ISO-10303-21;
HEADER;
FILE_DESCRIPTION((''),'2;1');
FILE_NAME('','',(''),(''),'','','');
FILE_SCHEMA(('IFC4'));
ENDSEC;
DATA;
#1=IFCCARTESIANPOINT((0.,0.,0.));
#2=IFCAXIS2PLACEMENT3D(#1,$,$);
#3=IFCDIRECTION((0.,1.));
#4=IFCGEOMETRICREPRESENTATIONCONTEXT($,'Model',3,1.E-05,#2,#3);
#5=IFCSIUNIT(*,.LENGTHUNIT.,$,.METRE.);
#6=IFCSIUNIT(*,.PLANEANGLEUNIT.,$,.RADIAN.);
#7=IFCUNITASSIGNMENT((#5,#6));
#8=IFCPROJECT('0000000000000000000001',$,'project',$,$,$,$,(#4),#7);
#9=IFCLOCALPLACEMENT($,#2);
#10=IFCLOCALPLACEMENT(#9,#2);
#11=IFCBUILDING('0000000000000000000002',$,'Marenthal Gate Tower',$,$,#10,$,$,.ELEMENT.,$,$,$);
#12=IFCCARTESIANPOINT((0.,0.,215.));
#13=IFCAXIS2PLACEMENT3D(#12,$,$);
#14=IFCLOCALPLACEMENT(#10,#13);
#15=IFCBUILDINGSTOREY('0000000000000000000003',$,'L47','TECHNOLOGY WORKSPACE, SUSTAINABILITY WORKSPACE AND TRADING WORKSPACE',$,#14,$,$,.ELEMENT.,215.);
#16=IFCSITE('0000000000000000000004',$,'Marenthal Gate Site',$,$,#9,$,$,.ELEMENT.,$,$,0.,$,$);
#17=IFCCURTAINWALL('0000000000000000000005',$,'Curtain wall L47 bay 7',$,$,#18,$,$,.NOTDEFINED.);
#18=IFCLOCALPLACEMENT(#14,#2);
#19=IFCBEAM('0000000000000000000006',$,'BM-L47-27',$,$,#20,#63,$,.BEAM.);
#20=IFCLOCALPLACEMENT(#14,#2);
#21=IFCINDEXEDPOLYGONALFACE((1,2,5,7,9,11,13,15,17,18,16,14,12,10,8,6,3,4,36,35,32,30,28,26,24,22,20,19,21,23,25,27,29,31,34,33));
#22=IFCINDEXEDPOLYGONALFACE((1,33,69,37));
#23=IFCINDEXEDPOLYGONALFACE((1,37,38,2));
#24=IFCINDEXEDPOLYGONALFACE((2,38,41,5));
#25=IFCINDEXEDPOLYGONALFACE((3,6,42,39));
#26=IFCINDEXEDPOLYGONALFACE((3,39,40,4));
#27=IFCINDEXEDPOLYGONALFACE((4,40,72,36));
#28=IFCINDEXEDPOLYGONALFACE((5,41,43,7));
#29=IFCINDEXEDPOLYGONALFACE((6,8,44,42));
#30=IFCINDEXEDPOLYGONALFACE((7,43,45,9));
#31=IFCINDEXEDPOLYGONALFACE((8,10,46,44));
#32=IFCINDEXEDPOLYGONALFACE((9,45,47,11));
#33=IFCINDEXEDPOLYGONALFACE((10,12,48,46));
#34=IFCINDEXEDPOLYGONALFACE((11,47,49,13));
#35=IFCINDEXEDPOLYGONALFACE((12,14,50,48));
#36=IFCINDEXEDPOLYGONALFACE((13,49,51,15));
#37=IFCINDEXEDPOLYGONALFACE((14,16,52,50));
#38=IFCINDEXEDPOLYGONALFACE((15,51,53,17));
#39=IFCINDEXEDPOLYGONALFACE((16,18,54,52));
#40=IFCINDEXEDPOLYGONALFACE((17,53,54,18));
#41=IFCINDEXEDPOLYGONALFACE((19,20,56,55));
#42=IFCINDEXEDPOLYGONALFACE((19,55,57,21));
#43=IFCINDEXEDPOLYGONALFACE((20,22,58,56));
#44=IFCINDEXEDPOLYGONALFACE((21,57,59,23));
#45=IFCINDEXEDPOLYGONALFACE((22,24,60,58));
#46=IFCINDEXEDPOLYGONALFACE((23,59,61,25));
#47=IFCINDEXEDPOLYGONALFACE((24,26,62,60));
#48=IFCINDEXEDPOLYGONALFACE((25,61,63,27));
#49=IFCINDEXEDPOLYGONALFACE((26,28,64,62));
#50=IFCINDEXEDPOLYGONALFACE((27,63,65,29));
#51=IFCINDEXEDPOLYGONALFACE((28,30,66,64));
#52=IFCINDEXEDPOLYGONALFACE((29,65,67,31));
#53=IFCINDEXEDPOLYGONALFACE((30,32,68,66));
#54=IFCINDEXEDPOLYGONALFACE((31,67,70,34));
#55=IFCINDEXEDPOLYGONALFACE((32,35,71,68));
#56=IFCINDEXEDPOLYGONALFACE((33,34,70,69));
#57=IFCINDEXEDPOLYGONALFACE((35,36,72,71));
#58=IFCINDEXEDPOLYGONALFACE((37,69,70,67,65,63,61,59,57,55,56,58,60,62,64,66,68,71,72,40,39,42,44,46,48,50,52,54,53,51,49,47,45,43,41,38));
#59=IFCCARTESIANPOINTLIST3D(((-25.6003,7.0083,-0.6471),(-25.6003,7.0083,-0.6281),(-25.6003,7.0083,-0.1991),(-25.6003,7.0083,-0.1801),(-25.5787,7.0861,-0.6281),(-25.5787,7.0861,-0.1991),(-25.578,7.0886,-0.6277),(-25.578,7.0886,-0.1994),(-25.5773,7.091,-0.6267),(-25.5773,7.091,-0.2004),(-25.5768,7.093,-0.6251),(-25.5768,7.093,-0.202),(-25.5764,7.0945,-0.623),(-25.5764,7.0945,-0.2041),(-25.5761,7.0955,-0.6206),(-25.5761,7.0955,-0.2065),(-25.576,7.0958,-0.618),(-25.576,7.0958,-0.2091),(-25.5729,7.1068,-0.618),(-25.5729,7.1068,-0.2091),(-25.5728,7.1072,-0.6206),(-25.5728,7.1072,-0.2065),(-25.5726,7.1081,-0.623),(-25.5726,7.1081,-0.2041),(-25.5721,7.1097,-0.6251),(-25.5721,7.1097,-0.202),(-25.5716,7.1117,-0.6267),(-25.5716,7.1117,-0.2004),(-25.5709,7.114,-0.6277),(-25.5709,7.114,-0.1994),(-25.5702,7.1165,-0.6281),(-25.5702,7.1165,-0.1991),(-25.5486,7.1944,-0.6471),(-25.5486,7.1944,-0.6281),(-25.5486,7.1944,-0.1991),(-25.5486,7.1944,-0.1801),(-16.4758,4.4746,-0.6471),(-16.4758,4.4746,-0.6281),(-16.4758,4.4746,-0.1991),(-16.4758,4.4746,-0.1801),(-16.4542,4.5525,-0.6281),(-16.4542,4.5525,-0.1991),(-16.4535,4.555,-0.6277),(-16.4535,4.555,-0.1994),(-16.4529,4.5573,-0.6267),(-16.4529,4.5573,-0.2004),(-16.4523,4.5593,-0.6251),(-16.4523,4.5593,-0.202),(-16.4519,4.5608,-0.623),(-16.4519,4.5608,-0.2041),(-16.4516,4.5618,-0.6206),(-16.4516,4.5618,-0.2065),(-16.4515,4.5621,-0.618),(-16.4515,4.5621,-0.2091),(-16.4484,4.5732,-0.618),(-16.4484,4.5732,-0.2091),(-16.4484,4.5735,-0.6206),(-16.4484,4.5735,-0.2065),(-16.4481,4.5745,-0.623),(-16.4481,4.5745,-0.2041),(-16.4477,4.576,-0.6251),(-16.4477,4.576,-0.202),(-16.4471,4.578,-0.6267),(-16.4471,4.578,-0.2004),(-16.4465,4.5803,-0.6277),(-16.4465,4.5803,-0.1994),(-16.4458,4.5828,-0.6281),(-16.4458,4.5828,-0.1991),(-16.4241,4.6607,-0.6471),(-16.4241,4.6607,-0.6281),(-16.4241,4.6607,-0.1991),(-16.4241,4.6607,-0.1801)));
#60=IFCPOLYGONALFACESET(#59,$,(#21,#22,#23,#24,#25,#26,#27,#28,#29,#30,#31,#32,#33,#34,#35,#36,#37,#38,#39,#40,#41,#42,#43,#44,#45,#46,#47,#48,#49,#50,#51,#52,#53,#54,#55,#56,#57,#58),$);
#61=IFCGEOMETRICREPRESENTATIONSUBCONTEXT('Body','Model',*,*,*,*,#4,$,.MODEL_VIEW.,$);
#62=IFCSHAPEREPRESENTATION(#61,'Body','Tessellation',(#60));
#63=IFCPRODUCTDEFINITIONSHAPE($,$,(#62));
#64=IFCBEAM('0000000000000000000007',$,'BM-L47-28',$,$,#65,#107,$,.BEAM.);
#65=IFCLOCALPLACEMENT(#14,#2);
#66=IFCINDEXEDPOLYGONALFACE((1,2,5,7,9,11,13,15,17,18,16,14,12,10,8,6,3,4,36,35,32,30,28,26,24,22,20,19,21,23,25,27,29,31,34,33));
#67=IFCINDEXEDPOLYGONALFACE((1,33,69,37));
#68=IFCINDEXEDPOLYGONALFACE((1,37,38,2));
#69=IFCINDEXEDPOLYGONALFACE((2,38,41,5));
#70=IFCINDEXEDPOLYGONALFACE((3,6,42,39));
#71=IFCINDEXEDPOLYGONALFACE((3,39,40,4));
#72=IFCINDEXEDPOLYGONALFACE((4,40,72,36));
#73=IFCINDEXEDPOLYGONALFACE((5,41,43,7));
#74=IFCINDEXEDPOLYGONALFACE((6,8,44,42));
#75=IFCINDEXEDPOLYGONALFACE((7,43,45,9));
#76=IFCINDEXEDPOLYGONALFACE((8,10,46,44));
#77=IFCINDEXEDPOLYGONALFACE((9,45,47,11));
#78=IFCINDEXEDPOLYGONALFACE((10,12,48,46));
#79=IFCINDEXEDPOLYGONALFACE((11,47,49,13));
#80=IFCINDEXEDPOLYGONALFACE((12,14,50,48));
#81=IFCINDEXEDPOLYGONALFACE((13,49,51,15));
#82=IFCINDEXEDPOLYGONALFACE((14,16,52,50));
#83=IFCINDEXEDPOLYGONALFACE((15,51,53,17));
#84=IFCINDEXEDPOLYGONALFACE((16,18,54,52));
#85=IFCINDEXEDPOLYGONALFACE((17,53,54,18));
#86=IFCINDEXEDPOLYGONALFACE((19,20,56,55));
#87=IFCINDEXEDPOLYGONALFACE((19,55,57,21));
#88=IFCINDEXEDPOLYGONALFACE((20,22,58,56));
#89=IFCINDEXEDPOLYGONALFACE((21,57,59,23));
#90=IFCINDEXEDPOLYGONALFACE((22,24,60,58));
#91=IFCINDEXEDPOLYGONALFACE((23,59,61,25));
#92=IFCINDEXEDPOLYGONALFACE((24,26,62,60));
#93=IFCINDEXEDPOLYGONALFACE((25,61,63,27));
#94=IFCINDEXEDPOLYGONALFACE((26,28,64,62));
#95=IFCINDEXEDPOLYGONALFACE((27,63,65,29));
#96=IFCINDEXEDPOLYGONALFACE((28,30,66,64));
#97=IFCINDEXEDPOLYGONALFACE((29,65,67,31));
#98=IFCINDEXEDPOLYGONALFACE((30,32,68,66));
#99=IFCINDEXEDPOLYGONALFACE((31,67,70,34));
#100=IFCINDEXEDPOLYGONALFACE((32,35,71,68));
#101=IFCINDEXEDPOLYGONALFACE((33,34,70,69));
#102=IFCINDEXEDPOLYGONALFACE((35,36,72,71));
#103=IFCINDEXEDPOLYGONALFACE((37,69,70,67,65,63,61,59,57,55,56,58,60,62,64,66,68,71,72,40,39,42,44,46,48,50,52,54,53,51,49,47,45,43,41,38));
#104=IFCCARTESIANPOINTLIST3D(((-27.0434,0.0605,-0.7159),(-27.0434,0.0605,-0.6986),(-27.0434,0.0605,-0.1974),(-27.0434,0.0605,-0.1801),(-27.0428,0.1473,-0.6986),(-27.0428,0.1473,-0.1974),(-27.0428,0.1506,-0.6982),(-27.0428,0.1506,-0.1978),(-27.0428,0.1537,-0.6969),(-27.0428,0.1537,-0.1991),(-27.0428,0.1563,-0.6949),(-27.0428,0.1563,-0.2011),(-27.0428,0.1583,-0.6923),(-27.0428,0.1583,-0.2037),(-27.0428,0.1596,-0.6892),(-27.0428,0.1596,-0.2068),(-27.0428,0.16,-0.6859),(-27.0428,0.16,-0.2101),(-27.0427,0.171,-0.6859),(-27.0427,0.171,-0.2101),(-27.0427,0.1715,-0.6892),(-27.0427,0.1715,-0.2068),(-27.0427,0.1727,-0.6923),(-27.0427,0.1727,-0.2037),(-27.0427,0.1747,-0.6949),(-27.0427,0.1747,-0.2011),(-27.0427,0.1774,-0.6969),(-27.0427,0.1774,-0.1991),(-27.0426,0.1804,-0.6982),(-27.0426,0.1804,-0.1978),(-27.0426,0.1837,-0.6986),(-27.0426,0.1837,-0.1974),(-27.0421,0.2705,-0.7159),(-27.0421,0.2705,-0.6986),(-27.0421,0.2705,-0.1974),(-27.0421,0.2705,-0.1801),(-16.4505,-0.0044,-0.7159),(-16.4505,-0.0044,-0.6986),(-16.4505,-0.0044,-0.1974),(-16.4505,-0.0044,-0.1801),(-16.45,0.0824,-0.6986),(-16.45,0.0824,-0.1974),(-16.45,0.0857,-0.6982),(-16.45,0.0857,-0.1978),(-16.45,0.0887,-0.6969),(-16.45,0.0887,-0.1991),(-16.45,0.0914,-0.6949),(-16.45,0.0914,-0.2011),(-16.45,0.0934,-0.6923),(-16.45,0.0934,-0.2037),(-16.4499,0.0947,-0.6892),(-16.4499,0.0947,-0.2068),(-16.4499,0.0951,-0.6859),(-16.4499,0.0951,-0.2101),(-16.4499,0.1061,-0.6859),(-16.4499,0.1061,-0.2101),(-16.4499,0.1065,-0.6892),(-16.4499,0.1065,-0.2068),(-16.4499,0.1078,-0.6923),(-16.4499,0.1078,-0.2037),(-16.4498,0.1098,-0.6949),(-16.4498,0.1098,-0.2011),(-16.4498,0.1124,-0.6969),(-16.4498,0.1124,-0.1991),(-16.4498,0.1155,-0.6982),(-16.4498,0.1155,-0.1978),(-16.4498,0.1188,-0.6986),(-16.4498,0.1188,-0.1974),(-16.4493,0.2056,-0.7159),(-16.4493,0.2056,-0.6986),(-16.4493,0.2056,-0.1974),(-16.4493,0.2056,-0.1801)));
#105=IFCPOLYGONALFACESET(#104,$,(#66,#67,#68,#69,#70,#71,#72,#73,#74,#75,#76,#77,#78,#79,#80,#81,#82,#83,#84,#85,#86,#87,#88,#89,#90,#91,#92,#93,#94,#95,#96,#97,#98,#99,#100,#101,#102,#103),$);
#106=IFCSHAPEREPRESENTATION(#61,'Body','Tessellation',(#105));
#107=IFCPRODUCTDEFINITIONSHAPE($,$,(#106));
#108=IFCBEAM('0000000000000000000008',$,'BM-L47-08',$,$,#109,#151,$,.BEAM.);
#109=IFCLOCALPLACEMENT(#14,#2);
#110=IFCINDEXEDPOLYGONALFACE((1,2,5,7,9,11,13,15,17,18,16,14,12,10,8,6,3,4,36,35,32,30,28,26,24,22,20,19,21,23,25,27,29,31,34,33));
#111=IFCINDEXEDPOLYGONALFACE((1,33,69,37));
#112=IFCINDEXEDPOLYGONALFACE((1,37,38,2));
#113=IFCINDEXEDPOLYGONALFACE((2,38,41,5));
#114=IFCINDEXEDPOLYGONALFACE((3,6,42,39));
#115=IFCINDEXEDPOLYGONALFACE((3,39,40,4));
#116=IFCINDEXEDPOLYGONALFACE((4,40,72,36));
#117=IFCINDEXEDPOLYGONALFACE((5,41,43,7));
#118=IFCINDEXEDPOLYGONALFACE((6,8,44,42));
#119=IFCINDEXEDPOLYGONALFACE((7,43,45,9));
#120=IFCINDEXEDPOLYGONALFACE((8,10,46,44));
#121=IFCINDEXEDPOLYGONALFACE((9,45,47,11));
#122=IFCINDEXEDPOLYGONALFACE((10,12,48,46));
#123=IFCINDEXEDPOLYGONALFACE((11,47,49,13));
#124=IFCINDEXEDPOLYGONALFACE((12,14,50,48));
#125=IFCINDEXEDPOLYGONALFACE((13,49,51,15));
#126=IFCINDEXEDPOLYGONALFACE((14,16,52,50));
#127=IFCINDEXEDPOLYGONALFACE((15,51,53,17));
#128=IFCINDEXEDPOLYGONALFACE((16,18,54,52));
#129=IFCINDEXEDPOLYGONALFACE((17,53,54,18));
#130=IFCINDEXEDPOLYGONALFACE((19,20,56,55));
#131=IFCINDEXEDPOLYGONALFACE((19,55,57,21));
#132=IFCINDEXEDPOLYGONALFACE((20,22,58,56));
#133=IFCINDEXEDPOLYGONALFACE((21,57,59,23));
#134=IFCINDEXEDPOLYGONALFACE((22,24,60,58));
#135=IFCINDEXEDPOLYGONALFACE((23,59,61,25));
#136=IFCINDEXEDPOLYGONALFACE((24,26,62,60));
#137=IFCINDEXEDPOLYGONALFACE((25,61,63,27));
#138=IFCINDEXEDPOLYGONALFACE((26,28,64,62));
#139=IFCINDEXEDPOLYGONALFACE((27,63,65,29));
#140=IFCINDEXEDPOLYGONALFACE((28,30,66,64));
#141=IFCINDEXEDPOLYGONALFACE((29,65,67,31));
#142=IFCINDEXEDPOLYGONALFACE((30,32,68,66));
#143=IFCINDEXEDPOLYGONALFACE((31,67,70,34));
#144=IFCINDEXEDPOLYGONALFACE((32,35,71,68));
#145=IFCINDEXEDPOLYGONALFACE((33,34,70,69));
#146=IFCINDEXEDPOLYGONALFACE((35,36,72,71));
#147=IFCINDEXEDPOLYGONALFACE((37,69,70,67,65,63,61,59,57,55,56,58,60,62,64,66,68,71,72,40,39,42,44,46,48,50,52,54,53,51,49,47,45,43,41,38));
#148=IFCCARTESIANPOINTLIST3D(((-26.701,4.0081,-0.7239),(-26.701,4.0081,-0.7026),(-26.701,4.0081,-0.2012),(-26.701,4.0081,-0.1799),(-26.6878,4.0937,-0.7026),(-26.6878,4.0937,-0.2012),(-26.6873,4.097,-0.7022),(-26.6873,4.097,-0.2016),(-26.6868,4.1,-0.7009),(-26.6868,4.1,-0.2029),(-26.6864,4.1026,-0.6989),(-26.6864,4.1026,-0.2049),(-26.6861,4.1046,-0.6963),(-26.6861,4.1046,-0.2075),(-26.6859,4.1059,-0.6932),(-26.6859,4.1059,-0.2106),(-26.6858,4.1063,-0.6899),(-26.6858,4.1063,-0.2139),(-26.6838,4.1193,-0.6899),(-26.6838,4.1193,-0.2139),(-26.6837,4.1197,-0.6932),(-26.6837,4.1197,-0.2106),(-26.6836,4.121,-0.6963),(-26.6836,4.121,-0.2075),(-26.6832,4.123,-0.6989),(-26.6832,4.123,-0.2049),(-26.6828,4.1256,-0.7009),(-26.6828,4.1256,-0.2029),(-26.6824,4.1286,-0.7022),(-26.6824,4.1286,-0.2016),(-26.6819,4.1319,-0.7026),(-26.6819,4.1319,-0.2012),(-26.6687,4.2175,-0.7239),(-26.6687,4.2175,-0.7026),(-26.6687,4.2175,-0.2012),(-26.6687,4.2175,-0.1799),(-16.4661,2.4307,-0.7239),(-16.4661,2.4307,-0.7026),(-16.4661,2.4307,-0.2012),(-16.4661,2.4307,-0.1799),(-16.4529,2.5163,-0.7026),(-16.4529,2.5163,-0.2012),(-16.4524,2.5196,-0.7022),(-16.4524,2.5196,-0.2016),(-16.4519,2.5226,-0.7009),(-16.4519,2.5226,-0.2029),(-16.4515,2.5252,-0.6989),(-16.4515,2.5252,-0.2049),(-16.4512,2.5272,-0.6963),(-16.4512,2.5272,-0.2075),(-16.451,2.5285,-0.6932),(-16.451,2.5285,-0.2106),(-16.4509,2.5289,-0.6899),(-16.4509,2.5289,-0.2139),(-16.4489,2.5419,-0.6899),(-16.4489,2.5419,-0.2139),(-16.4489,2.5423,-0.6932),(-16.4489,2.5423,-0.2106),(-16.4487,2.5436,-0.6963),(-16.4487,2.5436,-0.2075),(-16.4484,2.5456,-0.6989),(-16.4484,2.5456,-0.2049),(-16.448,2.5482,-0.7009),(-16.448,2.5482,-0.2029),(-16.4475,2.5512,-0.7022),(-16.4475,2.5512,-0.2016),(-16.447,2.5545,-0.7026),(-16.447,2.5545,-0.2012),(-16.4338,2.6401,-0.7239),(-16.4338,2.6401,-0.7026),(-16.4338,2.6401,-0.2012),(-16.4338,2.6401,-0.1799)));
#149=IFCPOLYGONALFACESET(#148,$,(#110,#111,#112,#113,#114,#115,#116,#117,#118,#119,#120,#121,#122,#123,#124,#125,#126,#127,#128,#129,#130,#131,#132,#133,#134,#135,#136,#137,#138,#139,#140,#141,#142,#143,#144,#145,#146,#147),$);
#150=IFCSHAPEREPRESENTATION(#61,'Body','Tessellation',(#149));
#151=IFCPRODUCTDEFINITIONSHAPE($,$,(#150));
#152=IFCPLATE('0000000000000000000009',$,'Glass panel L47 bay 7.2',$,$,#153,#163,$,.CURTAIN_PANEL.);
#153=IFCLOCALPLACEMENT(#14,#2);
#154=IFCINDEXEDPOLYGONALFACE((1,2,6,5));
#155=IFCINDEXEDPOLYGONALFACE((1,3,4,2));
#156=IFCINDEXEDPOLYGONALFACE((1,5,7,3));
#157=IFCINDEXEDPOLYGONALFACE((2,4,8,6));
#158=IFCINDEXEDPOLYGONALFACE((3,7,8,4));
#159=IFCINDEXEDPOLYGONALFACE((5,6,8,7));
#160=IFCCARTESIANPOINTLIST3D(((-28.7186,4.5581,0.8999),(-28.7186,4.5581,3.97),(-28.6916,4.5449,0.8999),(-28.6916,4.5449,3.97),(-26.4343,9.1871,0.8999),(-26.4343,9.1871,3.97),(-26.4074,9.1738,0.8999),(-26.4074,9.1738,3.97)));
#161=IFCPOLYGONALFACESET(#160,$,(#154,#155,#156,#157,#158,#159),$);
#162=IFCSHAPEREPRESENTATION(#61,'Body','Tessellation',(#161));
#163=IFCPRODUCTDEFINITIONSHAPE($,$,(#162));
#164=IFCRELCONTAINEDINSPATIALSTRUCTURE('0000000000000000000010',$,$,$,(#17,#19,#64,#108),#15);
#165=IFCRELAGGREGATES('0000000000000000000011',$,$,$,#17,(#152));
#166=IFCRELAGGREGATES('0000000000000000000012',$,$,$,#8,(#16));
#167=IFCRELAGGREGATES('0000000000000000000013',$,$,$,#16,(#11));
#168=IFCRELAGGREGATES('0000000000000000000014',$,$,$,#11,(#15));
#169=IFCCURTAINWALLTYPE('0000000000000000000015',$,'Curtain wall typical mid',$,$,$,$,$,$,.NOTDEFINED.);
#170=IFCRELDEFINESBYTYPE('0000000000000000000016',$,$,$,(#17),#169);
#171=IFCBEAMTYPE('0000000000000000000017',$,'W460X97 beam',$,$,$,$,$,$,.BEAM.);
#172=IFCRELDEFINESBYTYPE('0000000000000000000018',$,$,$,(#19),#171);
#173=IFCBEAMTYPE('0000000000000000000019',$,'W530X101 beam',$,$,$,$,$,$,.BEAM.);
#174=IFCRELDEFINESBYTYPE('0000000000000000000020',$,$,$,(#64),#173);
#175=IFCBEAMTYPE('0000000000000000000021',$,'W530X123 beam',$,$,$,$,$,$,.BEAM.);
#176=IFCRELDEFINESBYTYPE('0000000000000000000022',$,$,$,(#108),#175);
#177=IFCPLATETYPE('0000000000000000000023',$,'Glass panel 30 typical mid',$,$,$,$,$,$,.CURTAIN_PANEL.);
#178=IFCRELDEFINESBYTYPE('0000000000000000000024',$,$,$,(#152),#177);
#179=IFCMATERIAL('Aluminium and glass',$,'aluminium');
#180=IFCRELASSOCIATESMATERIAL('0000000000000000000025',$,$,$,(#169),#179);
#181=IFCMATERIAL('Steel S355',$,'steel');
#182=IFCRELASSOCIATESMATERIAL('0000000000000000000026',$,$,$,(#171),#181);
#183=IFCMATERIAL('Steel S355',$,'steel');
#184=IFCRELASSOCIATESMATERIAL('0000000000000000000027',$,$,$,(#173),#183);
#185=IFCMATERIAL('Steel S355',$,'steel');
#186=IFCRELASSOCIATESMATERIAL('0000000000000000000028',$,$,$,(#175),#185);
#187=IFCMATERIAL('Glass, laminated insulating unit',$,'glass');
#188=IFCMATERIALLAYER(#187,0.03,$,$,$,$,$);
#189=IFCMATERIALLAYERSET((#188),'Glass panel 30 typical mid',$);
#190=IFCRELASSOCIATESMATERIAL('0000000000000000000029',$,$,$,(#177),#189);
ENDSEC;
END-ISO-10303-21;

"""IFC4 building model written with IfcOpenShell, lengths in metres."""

from ifc_helpers import new_model, si_unit, direction, frame, origin, origin_2d, place, context, subcontext, project, spatial, rectangle, i_section, extrude, material, layer, layer_set, material_profile, profile_set, type_object, element, aggregate, save


model = new_model("IFC4")

# Units and contexts
model_context = context("Model", 3, precision=1e-05, world=origin(), true_north=direction((0.0, 1.0)))
body_context = subcontext(model_context, "Body", "Model", "MODEL_VIEW")
ifc_project = project(units=[si_unit("LENGTHUNIT", "METRE"), si_unit("PLANEANGLEUNIT", "RADIAN")], contexts=[model_context])

# Site, building, storey
site_placement = place(None, origin())
site = spatial("IfcSite", under=ifc_project, at=site_placement, Name="Marenthal Gate Site", CompositionType="ELEMENT", RefElevation=0.0)
building_placement = place(site_placement, origin())
building = spatial("IfcBuilding", under=site, at=building_placement, Name="Marenthal Gate Tower", CompositionType="ELEMENT")
storey_placement = place(building_placement, frame((0.0, 0.0, 215.0)))
storey = spatial("IfcBuildingStorey", under=building, at=storey_placement, Name="L47", Description="TECHNOLOGY WORKSPACE, SUSTAINABILITY WORKSPACE AND TRADING WORKSPACE", CompositionType="ELEMENT", Elevation=215.0)

# Curtain wall
ifc_material_1 = material(Name="Aluminium and glass", Category="aluminium")
curtain_wall_type = type_object("IfcCurtainWallType", Name="Curtain wall typical mid", PredefinedType="NOTDEFINED", material=ifc_material_1)
curtain_wall_placement = place(storey_placement, origin())
curtain_wall = element("IfcCurtainWall", 1, at=curtain_wall_placement, inside=storey, type_object=curtain_wall_type, Name="Curtain wall L47 bay 7", PredefinedType="NOTDEFINED")

# Beams
ifc_material_2 = material(Name="Steel S355", Category="steel")
ifc_material_profile_1 = material_profile(ifc_material_2, i_section(OverallWidth=0.1931, OverallDepth=0.467, WebThickness=0.0115, FlangeThickness=0.019, FilletRadius=0.01, at=origin_2d()), Name="W460X97")
ifc_profile_set_1 = profile_set([ifc_material_profile_1], Name="Steel S355")
beam_type_1 = type_object("IfcBeamType", Name="W460X97 beam", PredefinedType="BEAM", material=ifc_profile_set_1)
beam_1_placement = place(storey_placement, frame((-25.5745, 7.1013, -0.4136), z_axis=(0.963542, -0.267556, 0.0), x_axis=(0.267556, 0.963542, 0.0)))
element("IfcBeam", 2, at=beam_1_placement, inside=storey, type_object=beam_type_1, Name="BM-L47-27", PredefinedType="BEAM", context=body_context, shape_type="SweptSolid", body=[
    extrude(i_section(OverallWidth=0.1931, OverallDepth=0.467, WebThickness=0.0115, FlangeThickness=0.019, FilletRadius=0.01, at=origin_2d()), origin(), (0.0, 0.0, 1.0), 9.4697),
])
ifc_material_3 = material(Name="Steel S355", Category="steel")
ifc_material_profile_2 = material_profile(ifc_material_3, i_section(OverallWidth=0.21, OverallDepth=0.5359, WebThickness=0.011, FlangeThickness=0.0173, FilletRadius=0.0127, at=origin_2d()), Name="W530X101")
ifc_profile_set_2 = profile_set([ifc_material_profile_2], Name="Steel S355")
beam_type_2 = type_object("IfcBeamType", Name="W530X101 beam", PredefinedType="BEAM", material=ifc_profile_set_2)
beam_2_placement = place(storey_placement, frame((-27.0427, 0.1655, -0.448), z_axis=(0.999981, -0.006131, 0.0), x_axis=(0.006131, 0.999981, 0.0)))
element("IfcBeam", 3, at=beam_2_placement, inside=storey, type_object=beam_type_2, Name="BM-L47-28", PredefinedType="BEAM", context=body_context, shape_type="SweptSolid", body=[
    extrude(i_section(OverallWidth=0.21, OverallDepth=0.5359, WebThickness=0.011, FlangeThickness=0.0173, FilletRadius=0.0127, at=origin_2d()), origin(), (0.0, 0.0, 1.0), 10.593),
])
ifc_material_4 = material(Name="Steel S355", Category="steel")
ifc_material_profile_3 = material_profile(ifc_material_4, i_section(OverallWidth=0.2119, OverallDepth=0.5439, WebThickness=0.0132, FlangeThickness=0.0212, FilletRadius=0.0127, at=origin_2d()), Name="W530X123")
ifc_profile_set_3 = profile_set([ifc_material_profile_3], Name="Steel S355")
beam_type_3 = type_object("IfcBeamType", Name="W530X123 beam", PredefinedType="BEAM", material=ifc_profile_set_3)
beam_3_placement = place(storey_placement, frame((-26.6848, 4.1128, -0.4519), z_axis=(0.988331, -0.152321, 0.0), x_axis=(0.152321, 0.988331, 0.0)))
element("IfcBeam", 4, at=beam_3_placement, inside=storey, type_object=beam_type_3, Name="BM-L47-08", PredefinedType="BEAM", context=body_context, shape_type="SweptSolid", body=[
    extrude(i_section(OverallWidth=0.2119, OverallDepth=0.5439, WebThickness=0.0132, FlangeThickness=0.0212, FilletRadius=0.0127, at=origin_2d()), origin(), (0.0, 0.0, 1.0), 10.3557),
])

# Plate
ifc_material_5 = material(Name="Glass, laminated insulating unit", Category="glass")
ifc_layer_1 = layer(ifc_material_5, 0.03)
ifc_layer_set_1 = layer_set([ifc_layer_1], Name="Glass panel 30 typical mid")
plate_type = type_object("IfcPlateType", Name="Glass panel 30 typical mid", PredefinedType="CURTAIN_PANEL", material=ifc_layer_set_1)
plate_placement = place(storey_placement, frame((-27.563, 6.866, 0.8999), z_axis=(0.0, 0.0, 1.0), x_axis=(-0.442523, -0.896757, 0.0)))
plate = element("IfcPlate", 5, at=plate_placement, type_object=plate_type, Name="Glass panel L47 bay 7.2", PredefinedType="CURTAIN_PANEL", context=body_context, shape_type="SweptSolid", body=[
    extrude(rectangle(XDim=5.1619, YDim=0.03, at=origin_2d()), origin(), (0.0, 0.0, 1.0), 3.0701),
])
aggregate(curtain_wall, [plate])

save(model, "model.ifc")
